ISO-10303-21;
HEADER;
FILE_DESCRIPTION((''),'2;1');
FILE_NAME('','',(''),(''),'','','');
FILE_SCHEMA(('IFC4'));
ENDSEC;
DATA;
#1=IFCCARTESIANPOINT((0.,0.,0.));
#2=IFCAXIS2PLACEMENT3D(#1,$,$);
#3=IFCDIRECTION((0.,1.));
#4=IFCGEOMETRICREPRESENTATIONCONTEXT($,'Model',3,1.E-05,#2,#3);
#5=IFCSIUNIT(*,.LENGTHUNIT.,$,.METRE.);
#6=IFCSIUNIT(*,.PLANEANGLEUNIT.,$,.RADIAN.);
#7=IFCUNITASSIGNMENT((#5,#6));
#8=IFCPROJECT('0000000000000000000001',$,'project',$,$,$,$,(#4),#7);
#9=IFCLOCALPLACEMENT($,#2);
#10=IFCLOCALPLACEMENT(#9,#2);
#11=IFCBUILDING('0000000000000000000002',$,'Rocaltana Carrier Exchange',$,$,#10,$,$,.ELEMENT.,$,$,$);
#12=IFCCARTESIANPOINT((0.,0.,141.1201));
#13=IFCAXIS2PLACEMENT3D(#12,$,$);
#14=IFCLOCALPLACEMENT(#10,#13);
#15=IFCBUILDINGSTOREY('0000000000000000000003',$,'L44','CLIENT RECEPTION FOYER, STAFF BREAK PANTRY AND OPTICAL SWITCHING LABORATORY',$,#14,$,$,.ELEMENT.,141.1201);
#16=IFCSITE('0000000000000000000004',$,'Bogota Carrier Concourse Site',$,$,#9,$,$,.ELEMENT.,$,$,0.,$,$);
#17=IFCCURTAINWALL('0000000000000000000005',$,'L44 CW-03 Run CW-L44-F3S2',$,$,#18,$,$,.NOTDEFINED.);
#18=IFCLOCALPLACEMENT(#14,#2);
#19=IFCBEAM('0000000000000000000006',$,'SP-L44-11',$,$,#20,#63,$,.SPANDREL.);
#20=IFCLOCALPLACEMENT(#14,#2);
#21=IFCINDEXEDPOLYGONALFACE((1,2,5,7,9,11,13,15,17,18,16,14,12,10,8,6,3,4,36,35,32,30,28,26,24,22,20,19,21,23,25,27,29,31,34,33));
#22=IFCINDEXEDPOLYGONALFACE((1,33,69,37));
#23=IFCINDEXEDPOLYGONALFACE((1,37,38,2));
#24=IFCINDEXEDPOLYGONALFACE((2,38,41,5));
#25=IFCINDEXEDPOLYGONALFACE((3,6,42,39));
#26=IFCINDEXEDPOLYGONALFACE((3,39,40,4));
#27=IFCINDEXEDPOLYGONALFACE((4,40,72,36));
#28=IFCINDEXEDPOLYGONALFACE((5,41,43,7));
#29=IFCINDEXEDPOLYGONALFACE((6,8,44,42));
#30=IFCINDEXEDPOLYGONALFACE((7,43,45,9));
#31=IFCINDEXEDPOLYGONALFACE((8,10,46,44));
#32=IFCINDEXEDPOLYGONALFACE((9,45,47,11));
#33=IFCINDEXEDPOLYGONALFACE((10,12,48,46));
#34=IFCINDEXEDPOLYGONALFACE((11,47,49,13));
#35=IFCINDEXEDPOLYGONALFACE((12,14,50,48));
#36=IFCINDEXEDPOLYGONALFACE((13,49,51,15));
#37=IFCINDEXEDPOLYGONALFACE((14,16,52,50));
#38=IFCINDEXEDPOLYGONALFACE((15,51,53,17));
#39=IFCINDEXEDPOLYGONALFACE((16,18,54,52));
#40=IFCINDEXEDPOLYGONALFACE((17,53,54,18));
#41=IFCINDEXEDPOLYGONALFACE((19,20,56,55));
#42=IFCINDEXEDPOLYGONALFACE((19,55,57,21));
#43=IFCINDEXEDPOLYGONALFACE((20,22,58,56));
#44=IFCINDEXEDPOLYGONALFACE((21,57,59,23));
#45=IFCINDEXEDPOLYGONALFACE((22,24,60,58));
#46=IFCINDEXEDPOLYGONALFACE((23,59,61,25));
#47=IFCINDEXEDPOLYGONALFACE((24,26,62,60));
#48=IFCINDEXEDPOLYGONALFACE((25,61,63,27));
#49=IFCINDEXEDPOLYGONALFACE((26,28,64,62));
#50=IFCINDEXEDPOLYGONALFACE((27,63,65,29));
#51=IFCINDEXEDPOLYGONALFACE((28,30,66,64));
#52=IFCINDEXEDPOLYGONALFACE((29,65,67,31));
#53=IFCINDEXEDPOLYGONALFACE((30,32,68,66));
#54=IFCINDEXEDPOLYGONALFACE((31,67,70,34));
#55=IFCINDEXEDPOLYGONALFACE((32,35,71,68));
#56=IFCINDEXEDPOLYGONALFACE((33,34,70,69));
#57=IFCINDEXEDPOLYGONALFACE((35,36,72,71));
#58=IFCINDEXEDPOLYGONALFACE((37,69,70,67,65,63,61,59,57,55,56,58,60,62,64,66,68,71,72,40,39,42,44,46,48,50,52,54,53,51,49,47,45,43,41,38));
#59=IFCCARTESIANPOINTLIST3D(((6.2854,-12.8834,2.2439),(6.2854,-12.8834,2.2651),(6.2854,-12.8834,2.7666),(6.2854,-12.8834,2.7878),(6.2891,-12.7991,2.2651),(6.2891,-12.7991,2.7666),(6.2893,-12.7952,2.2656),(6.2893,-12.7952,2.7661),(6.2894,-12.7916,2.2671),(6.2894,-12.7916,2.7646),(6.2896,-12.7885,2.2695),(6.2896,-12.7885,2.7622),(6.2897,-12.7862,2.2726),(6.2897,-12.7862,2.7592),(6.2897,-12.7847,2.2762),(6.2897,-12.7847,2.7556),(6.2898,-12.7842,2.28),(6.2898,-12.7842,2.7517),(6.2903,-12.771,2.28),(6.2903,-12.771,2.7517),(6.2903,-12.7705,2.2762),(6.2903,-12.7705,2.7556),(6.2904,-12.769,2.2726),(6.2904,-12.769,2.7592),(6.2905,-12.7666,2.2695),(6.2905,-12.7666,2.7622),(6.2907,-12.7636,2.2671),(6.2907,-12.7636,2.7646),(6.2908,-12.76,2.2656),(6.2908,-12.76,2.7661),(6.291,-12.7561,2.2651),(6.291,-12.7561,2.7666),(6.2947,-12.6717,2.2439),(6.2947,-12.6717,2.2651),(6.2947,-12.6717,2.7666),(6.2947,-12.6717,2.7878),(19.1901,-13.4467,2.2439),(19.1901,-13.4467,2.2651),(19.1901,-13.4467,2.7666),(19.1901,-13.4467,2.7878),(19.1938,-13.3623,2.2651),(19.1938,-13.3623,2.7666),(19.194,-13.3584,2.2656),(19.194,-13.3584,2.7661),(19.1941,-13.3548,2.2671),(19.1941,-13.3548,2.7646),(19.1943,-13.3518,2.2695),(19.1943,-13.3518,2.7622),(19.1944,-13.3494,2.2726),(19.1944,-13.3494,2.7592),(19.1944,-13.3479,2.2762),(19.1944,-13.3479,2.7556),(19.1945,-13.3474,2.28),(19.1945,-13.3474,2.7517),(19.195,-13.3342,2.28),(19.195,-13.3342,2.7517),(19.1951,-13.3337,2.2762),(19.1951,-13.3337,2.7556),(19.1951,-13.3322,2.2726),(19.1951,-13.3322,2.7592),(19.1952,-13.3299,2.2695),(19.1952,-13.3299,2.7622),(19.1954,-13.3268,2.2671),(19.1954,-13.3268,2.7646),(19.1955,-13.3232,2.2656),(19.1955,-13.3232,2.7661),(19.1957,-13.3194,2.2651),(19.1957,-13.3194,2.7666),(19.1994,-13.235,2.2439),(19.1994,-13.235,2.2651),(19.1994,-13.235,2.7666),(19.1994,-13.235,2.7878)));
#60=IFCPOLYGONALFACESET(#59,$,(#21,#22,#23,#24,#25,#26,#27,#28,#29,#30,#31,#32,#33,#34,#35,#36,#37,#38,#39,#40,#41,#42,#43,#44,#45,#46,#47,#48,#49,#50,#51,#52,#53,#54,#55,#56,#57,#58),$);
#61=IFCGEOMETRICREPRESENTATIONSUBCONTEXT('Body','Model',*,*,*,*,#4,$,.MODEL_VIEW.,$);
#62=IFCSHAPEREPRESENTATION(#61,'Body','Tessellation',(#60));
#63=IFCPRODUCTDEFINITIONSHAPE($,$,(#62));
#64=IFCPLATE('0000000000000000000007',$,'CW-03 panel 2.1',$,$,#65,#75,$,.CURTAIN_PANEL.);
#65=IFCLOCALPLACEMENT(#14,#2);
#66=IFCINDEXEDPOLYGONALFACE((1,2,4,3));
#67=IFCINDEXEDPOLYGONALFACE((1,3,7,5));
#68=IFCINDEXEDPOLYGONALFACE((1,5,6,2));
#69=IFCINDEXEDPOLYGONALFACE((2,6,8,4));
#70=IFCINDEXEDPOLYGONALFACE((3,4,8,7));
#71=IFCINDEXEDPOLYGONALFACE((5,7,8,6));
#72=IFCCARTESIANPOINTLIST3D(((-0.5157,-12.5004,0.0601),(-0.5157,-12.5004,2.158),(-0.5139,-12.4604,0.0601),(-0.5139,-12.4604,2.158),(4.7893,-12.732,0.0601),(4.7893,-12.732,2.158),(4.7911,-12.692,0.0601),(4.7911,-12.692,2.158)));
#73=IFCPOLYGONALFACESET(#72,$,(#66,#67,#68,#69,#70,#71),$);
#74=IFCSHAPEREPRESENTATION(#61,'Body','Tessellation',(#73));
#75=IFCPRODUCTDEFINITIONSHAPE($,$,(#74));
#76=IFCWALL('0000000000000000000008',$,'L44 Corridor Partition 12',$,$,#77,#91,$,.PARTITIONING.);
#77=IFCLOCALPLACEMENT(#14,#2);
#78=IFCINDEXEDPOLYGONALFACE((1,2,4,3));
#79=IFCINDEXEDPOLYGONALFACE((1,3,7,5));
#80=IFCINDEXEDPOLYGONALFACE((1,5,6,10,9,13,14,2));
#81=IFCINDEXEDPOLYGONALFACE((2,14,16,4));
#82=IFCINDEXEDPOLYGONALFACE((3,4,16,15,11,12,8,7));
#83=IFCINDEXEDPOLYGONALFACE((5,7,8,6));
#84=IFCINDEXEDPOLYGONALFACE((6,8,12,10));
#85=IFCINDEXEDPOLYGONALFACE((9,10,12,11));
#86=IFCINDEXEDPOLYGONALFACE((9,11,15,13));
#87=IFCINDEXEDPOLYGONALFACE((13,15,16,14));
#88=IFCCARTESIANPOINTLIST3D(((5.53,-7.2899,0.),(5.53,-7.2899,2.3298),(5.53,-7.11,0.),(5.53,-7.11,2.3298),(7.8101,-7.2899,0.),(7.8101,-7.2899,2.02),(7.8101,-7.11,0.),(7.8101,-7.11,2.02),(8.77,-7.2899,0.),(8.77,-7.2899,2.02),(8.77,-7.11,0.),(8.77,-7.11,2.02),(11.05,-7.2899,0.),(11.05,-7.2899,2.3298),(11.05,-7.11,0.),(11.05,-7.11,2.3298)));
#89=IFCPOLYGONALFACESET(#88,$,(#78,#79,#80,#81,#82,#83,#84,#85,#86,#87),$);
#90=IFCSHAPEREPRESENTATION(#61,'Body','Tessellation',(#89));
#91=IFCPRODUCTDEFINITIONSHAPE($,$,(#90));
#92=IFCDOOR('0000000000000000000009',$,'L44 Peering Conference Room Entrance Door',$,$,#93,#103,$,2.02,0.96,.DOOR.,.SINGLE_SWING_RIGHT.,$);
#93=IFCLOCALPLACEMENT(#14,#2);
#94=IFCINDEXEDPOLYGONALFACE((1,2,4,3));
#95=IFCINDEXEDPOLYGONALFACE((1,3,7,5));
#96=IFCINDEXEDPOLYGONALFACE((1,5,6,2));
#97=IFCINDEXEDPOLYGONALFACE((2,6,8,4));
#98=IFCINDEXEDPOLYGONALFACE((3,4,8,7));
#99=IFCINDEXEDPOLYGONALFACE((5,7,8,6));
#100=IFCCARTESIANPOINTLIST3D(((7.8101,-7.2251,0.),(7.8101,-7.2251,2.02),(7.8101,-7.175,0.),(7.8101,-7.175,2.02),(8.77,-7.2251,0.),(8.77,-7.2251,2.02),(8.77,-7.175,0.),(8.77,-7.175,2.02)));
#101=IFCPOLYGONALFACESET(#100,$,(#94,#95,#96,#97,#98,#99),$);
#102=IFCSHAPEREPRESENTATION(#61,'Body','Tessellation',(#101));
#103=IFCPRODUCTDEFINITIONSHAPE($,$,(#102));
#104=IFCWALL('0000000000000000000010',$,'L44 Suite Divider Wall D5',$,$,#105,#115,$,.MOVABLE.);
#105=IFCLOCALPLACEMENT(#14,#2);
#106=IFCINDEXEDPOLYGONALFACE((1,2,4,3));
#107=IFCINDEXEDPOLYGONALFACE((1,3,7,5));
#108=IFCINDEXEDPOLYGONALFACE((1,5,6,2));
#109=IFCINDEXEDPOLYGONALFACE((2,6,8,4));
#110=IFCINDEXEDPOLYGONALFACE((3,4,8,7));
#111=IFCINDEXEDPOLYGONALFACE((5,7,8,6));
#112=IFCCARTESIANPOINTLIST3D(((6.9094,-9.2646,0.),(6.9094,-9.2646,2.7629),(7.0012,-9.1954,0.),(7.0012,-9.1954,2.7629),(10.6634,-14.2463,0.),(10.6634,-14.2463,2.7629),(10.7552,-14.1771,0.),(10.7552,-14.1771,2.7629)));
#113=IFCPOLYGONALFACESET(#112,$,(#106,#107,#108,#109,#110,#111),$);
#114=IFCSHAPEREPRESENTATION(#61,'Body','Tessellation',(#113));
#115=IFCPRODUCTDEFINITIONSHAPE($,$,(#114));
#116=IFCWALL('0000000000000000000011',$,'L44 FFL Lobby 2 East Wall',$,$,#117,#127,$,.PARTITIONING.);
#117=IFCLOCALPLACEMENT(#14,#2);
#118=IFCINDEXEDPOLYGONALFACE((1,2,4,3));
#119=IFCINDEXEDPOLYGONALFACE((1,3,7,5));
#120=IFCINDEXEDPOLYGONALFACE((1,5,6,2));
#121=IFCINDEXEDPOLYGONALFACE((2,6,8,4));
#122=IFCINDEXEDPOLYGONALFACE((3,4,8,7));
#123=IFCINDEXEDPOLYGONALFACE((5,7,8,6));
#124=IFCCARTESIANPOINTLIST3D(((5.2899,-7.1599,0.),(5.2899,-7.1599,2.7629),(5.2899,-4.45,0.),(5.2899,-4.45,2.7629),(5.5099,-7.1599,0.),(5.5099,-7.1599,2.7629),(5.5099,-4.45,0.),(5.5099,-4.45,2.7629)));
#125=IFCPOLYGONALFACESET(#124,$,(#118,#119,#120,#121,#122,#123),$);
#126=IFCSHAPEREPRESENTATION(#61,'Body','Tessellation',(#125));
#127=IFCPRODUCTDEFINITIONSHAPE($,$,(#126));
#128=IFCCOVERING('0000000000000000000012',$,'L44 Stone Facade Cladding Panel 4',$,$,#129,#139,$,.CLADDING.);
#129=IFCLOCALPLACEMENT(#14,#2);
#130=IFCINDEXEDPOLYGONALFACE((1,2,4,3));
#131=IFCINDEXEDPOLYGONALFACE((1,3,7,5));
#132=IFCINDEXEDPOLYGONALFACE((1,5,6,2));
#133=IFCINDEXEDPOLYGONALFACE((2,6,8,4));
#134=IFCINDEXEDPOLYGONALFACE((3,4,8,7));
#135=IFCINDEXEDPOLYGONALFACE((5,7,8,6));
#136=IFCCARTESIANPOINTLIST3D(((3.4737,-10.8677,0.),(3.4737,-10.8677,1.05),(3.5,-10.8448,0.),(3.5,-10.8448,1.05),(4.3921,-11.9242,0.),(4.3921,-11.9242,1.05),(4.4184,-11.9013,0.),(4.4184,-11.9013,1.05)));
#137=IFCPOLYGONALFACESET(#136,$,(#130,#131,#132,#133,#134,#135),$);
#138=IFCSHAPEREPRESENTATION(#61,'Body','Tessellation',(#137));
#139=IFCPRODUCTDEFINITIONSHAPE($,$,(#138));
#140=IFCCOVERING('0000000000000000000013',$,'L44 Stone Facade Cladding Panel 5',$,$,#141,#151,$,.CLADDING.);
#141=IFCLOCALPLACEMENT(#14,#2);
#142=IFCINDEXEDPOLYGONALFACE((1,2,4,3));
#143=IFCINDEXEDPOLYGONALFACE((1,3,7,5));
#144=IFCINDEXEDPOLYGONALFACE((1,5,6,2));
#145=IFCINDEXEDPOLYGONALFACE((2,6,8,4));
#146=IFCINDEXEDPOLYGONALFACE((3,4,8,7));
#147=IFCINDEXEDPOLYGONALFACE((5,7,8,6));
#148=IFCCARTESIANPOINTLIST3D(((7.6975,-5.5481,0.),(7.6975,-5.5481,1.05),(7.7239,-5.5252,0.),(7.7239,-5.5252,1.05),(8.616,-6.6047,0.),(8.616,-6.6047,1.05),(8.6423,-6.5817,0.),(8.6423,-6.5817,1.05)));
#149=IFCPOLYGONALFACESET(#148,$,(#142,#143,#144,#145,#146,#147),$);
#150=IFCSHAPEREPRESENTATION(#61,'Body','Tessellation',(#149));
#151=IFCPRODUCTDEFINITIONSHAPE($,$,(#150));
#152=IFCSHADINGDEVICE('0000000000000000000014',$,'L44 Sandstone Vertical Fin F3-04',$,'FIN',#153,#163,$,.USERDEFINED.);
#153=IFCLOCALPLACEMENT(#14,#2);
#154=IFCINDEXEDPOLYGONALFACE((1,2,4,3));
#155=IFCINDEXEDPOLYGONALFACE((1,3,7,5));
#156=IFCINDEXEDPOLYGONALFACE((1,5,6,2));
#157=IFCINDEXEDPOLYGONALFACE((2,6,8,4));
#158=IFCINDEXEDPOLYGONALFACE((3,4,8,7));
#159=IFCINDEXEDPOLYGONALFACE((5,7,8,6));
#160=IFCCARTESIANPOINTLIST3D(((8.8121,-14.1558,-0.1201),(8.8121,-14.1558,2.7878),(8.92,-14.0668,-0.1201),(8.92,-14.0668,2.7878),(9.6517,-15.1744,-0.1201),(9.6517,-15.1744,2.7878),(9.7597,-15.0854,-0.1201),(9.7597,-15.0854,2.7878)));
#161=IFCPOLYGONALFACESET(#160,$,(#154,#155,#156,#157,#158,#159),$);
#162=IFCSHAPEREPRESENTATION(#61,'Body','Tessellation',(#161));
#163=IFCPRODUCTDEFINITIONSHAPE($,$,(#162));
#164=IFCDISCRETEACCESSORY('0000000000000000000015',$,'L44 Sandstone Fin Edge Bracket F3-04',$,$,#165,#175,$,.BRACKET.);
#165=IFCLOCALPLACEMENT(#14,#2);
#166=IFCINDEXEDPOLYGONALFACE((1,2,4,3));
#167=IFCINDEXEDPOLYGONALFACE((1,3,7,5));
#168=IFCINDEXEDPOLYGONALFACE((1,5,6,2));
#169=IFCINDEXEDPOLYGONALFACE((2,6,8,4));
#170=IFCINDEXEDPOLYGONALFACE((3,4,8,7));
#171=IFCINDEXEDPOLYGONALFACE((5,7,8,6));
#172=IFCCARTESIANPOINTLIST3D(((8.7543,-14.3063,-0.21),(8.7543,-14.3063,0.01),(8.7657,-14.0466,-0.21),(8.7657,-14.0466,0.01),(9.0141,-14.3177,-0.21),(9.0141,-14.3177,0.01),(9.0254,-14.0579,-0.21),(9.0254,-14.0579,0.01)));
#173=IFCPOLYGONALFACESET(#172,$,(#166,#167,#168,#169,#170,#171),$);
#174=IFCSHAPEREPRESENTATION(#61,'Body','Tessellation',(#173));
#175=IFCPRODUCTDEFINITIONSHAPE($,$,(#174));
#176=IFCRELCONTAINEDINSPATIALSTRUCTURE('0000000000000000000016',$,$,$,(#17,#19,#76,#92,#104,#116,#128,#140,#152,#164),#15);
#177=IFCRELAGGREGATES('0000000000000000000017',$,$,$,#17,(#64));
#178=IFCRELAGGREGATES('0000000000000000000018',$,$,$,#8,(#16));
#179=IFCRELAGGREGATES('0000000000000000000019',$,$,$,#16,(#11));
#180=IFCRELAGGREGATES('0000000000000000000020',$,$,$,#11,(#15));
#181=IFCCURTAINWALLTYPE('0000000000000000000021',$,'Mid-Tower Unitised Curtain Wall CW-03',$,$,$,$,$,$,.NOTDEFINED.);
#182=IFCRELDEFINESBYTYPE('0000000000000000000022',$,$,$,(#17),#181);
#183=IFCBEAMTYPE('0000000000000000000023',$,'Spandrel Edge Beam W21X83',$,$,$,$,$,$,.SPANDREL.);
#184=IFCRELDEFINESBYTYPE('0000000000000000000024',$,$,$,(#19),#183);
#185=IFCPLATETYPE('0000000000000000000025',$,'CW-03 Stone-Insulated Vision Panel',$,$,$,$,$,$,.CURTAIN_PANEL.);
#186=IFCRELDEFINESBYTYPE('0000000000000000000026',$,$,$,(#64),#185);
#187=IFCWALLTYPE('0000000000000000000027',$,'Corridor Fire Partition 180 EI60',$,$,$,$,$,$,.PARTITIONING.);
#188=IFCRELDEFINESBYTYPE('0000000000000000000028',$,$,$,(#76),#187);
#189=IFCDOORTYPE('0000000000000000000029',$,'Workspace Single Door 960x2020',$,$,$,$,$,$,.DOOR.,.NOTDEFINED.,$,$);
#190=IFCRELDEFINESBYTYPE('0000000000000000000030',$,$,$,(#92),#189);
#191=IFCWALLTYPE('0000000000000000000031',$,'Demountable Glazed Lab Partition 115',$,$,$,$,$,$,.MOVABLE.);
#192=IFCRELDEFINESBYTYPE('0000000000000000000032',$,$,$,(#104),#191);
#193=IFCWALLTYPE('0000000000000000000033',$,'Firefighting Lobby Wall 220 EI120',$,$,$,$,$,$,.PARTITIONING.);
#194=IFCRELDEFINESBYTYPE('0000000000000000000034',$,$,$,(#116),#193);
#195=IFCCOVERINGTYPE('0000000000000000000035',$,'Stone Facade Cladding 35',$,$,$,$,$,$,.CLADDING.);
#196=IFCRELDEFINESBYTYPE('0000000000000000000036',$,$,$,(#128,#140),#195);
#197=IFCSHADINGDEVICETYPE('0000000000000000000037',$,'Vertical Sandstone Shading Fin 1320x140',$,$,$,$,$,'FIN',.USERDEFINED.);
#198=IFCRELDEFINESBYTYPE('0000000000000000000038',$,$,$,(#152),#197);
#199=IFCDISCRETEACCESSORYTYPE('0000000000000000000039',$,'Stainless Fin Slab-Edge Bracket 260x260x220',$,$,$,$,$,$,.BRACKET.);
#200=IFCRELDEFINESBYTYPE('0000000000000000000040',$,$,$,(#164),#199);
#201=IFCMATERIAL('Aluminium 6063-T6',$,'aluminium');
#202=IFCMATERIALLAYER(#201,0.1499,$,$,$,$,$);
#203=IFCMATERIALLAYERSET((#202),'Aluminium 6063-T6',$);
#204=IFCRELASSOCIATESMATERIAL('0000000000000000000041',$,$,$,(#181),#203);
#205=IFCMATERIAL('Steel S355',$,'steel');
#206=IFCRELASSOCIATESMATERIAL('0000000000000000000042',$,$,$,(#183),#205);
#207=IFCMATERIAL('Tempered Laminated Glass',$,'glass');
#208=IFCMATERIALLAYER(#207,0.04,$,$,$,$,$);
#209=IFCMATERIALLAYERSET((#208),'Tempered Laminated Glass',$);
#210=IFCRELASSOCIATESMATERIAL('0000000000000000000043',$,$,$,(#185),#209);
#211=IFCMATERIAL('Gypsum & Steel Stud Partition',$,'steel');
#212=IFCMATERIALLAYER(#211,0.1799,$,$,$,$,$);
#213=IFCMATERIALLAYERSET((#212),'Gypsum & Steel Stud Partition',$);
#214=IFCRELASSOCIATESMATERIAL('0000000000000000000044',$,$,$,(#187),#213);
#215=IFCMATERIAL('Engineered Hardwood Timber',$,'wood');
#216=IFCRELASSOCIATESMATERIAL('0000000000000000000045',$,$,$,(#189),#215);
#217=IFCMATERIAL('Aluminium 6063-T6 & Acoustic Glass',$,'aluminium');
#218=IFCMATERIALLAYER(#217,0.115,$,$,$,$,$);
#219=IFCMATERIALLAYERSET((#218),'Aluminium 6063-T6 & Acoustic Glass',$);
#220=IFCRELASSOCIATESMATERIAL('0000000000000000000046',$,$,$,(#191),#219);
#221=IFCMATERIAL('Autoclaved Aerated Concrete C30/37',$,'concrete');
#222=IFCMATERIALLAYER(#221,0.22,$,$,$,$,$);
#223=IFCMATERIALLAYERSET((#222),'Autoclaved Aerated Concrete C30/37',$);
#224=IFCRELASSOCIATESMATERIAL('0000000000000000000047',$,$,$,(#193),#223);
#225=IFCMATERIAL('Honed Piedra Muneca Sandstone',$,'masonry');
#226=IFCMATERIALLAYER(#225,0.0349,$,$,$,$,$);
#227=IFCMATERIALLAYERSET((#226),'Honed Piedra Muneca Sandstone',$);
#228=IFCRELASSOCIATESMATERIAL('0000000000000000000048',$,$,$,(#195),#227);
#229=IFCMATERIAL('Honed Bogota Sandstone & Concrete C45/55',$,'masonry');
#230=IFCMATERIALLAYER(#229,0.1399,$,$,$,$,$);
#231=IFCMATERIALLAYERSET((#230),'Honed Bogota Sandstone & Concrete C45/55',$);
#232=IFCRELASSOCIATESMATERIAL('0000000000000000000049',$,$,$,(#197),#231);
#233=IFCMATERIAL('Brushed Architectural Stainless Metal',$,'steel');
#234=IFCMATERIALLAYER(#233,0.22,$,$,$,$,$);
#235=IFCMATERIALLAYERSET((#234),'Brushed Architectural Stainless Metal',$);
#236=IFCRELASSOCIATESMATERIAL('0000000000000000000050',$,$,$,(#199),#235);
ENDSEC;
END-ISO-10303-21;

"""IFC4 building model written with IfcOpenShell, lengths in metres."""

from ifc_helpers import new_model, si_unit, direction, frame, frame_2d, origin, origin_2d, place, context, subcontext, project, spatial, rectangle, i_section, extrude, material, layer, layer_set, material_profile, profile_set, type_object, element, fill, aggregate, save


model = new_model("IFC4")

# Units and contexts
model_context = context("Model", 3, precision=1e-05, world=origin(), true_north=direction((0.0, 1.0)))
body_context = subcontext(model_context, "Body", "Model", "MODEL_VIEW")
ifc_project = project(units=[si_unit("LENGTHUNIT", "METRE"), si_unit("PLANEANGLEUNIT", "RADIAN")], contexts=[model_context])

# Site, building, storey
site_placement = place(None, origin())
site = spatial("IfcSite", under=ifc_project, at=site_placement, Name="Bogota Carrier Concourse Site", CompositionType="ELEMENT", RefElevation=0.0)
building_placement = place(site_placement, origin())
building = spatial("IfcBuilding", under=site, at=building_placement, Name="Rocaltana Carrier Exchange", CompositionType="ELEMENT")
storey_placement = place(building_placement, frame((0.0, 0.0, 141.1201)))
storey = spatial("IfcBuildingStorey", under=building, at=storey_placement, Name="L44", Description="CLIENT RECEPTION FOYER, STAFF BREAK PANTRY AND OPTICAL SWITCHING LABORATORY", CompositionType="ELEMENT", Elevation=141.1201)

# Curtain wall
ifc_material_1 = material(Name="Aluminium 6063-T6", Category="aluminium")
ifc_layer_1 = layer(ifc_material_1, 0.1499)
ifc_layer_set_1 = layer_set([ifc_layer_1], Name="Aluminium 6063-T6")
curtain_wall_type = type_object("IfcCurtainWallType", Name="Mid-Tower Unitised Curtain Wall CW-03", PredefinedType="NOTDEFINED", material=ifc_layer_set_1)
curtain_wall_1_placement = place(storey_placement, origin())
curtain_wall_1 = element("IfcCurtainWall", 1, at=curtain_wall_1_placement, inside=storey, type_object=curtain_wall_type, Name="L44 CW-03 Run CW-L44-F3S2", PredefinedType="NOTDEFINED")

# Beam
ifc_material_2 = material(Name="Steel S355", Category="steel")
ifc_material_profile_1 = material_profile(ifc_material_2, i_section(OverallWidth=0.2119, OverallDepth=0.5439, WebThickness=0.0132, FlangeThickness=0.0212, FilletRadius=0.0149, at=origin_2d()), Name="W21X83")
ifc_profile_set_1 = profile_set([ifc_material_profile_1], Name="Steel S355")
beam_type_1 = type_object("IfcBeamType", Name="Spandrel Edge Beam W21X83", PredefinedType="SPANDREL", material=ifc_profile_set_1)
beam_1_placement = place(storey_placement, frame((6.29, -12.7776, 2.5159), z_axis=(0.999049, -0.043604, 0.0), x_axis=(0.043604, 0.999049, 0.0)))
element("IfcBeam", 2, at=beam_1_placement, inside=storey, type_object=beam_type_1, Name="SP-L44-11", PredefinedType="SPANDREL", context=body_context, shape_type="SweptSolid", body=[
    extrude(i_section(OverallWidth=0.2119, OverallDepth=0.5439, WebThickness=0.0132, FlangeThickness=0.0212, FilletRadius=0.0149, at=origin_2d()), origin(), (0.0, 0.0, 1.0), 12.917),
])

# Plate
ifc_material_3 = material(Name="Tempered Laminated Glass", Category="glass")
ifc_layer_2 = layer(ifc_material_3, 0.04)
ifc_layer_set_2 = layer_set([ifc_layer_2], Name="Tempered Laminated Glass")
plate_type = type_object("IfcPlateType", Name="CW-03 Stone-Insulated Vision Panel", PredefinedType="CURTAIN_PANEL", material=ifc_layer_set_2)
plate_placement = place(storey_placement, frame((2.1377, -12.5962, 0.0601), z_axis=(0.0, 0.0, 1.0), x_axis=(0.999048, -0.04362, 0.0)))
plate = element("IfcPlate", 3, at=plate_placement, type_object=plate_type, Name="CW-03 panel 2.1", PredefinedType="CURTAIN_PANEL", context=body_context, shape_type="SweptSolid", body=[
    extrude(rectangle(XDim=5.3101, YDim=0.04, at=origin_2d()), origin(), (0.0, 0.0, 1.0), 2.0979),
])
aggregate(curtain_wall_1, [plate])

# Wall, opening, door
ifc_material_4 = material(Name="Gypsum & Steel Stud Partition", Category="steel")
ifc_layer_3 = layer(ifc_material_4, 0.1799)
ifc_layer_set_3 = layer_set([ifc_layer_3], Name="Gypsum & Steel Stud Partition")
wall_type_1 = type_object("IfcWallType", Name="Corridor Fire Partition 180 EI60", PredefinedType="PARTITIONING", material=ifc_layer_set_3)
wall_1_placement = place(storey_placement, frame((5.53, -7.2, 0.0), z_axis=(0.0, 0.0, 1.0), x_axis=(1.0, 0.0, 0.0)))
wall_1 = element("IfcWall", 4, at=wall_1_placement, inside=storey, type_object=wall_type_1, Name="L44 Corridor Partition 12", PredefinedType="PARTITIONING", context=body_context, shape_type="SweptSolid", body=[
    extrude(rectangle(XDim=5.52, YDim=0.1799, at=frame_2d((2.76, 0.0))), origin(), (0.0, 0.0, 1.0), 2.3298),
])
opening_placement = place(wall_1_placement, frame((2.28, 0.0, 0.0)))
opening = element("IfcOpeningElement", 5, at=opening_placement, cuts=wall_1, PredefinedType="OPENING", context=body_context, shape_type="SweptSolid", body=[
    extrude(rectangle(XDim=0.96, YDim=2.02, at=frame_2d((0.48, 1.01))), frame((0.0, 0.0999, 0.0), z_axis=(0.0, -1.0, 0.0), x_axis=(1.0, 0.0, 0.0)), (0.0, 0.0, 1.0), 0.2),
])
ifc_material_5 = material(Name="Engineered Hardwood Timber", Category="wood")
door_type = type_object("IfcDoorType", Name="Workspace Single Door 960x2020", OperationType="NOTDEFINED", PredefinedType="DOOR", material=ifc_material_5)
door_placement = place(opening_placement, origin())
door = element("IfcDoor", 6, at=door_placement, inside=storey, type_object=door_type, Name="L44 Peering Conference Room Entrance Door", OperationType="SINGLE_SWING_RIGHT", OverallHeight=2.02, OverallWidth=0.96, PredefinedType="DOOR", context=body_context, shape_type="SweptSolid", body=[
    extrude(rectangle(XDim=0.96, YDim=2.02, at=frame_2d((0.48, 1.01))), frame((0.0, 0.0249, 0.0), z_axis=(0.0, -1.0, 0.0), x_axis=(1.0, 0.0, 0.0)), (0.0, 0.0, 1.0), 0.05),
])
fill(opening, door)

# Walls
ifc_material_6 = material(Name="Aluminium 6063-T6 & Acoustic Glass", Category="aluminium")
ifc_layer_4 = layer(ifc_material_6, 0.115)
ifc_layer_set_4 = layer_set([ifc_layer_4], Name="Aluminium 6063-T6 & Acoustic Glass")
wall_type_2 = type_object("IfcWallType", Name="Demountable Glazed Lab Partition 115", PredefinedType="MOVABLE", material=ifc_layer_set_4)
wall_2_placement = place(storey_placement, frame((6.9553, -9.23, 0.0), z_axis=(0.0, 0.0, 1.0), x_axis=(0.601808, -0.798641, 0.0)))
element("IfcWall", 7, at=wall_2_placement, inside=storey, type_object=wall_type_2, Name="L44 Suite Divider Wall D5", PredefinedType="MOVABLE", context=body_context, shape_type="SweptSolid", body=[
    extrude(rectangle(XDim=6.2378, YDim=0.115, at=frame_2d((3.1189, 0.0))), origin(), (0.0, 0.0, 1.0), 2.7629),
])
ifc_material_7 = material(Name="Autoclaved Aerated Concrete C30/37", Category="concrete")
ifc_layer_5 = layer(ifc_material_7, 0.22)
ifc_layer_set_5 = layer_set([ifc_layer_5], Name="Autoclaved Aerated Concrete C30/37")
wall_type_3 = type_object("IfcWallType", Name="Firefighting Lobby Wall 220 EI120", PredefinedType="PARTITIONING", material=ifc_layer_set_5)
wall_3_placement = place(storey_placement, frame((5.3999, -7.1599, 0.0), z_axis=(0.0, 0.0, 1.0), x_axis=(0.0, 1.0, 0.0)))
element("IfcWall", 8, at=wall_3_placement, inside=storey, type_object=wall_type_3, Name="L44 FFL Lobby 2 East Wall", PredefinedType="PARTITIONING", context=body_context, shape_type="SweptSolid", body=[
    extrude(rectangle(XDim=2.71, YDim=0.22, at=frame_2d((1.355, 0.0))), origin(), (0.0, 0.0, 1.0), 2.7629),
])

# Coverings
ifc_material_8 = material(Name="Honed Piedra Muneca Sandstone", Category="masonry")
ifc_layer_6 = layer(ifc_material_8, 0.0349)
ifc_layer_set_6 = layer_set([ifc_layer_6], Name="Honed Piedra Muneca Sandstone")
covering_type = type_object("IfcCoveringType", Name="Stone Facade Cladding 35", PredefinedType="CLADDING", material=ifc_layer_set_6)
for number, where, z_axis, x_axis, name in (
    (9, (3.946, -11.3845, 0.0), (0.0, 0.0, 1.0), (-0.656059, 0.75471, 0.0), "L44 Stone Facade Cladding Panel 4"),
    (10, (8.1699, -6.0649, 0.0), (0.0, 0.0, 1.0), (-0.656059, 0.75471, 0.0), "L44 Stone Facade Cladding Panel 5"),
):
    element("IfcCovering", number, at=place(storey_placement, frame(where, z_axis=z_axis, x_axis=x_axis)), inside=storey, type_object=covering_type, Name=name, PredefinedType="CLADDING", context=body_context, shape_type="SweptSolid", body=[
        extrude(rectangle(XDim=1.3999, YDim=0.0349, at=origin_2d()), origin(), (0.0, 0.0, 1.0), 1.05),
    ])

# Shading device
ifc_material_9 = material(Name="Honed Bogota Sandstone & Concrete C45/55", Category="masonry")
ifc_layer_7 = layer(ifc_material_9, 0.1399)
ifc_layer_set_7 = layer_set([ifc_layer_7], Name="Honed Bogota Sandstone & Concrete C45/55")
shading_device_type = type_object("IfcShadingDeviceType", Name="Vertical Sandstone Shading Fin 1320x140", ElementType="FIN", PredefinedType="USERDEFINED", material=ifc_layer_set_7)
shading_device_placement = place(storey_placement, frame((9.2859, -14.6206, -0.1201), z_axis=(0.0, 0.0, 1.0), x_axis=(0.636078, -0.771625, 0.0)))
element("IfcShadingDevice", 11, at=shading_device_placement, inside=storey, type_object=shading_device_type, Name="L44 Sandstone Vertical Fin F3-04", ObjectType="FIN", PredefinedType="USERDEFINED", context=body_context, shape_type="SweptSolid", body=[
    extrude(rectangle(XDim=1.3201, YDim=0.1399, at=origin_2d()), origin(), (0.0, 0.0, 1.0), 2.908),
])

# Discrete accessory
ifc_material_10 = material(Name="Brushed Architectural Stainless Metal", Category="steel")
ifc_layer_8 = layer(ifc_material_10, 0.22)
ifc_layer_set_8 = layer_set([ifc_layer_8], Name="Brushed Architectural Stainless Metal")
discrete_accessory_type = type_object("IfcDiscreteAccessoryType", Name="Stainless Fin Slab-Edge Bracket 260x260x220", PredefinedType="BRACKET", material=ifc_layer_set_8)
discrete_accessory_placement = place(storey_placement, frame((8.8899, -14.1821, -0.21), z_axis=(0.0, 0.0, 1.0), x_axis=(0.999048, -0.043619, 0.0)))
element("IfcDiscreteAccessory", 12, at=discrete_accessory_placement, inside=storey, type_object=discrete_accessory_type, Name="L44 Sandstone Fin Edge Bracket F3-04", PredefinedType="BRACKET", context=body_context, shape_type="SweptSolid", body=[
    extrude(rectangle(XDim=0.26, YDim=0.26, at=origin_2d()), origin(), (0.0, 0.0, 1.0), 0.22),
])

save(model, "model.ifc")
